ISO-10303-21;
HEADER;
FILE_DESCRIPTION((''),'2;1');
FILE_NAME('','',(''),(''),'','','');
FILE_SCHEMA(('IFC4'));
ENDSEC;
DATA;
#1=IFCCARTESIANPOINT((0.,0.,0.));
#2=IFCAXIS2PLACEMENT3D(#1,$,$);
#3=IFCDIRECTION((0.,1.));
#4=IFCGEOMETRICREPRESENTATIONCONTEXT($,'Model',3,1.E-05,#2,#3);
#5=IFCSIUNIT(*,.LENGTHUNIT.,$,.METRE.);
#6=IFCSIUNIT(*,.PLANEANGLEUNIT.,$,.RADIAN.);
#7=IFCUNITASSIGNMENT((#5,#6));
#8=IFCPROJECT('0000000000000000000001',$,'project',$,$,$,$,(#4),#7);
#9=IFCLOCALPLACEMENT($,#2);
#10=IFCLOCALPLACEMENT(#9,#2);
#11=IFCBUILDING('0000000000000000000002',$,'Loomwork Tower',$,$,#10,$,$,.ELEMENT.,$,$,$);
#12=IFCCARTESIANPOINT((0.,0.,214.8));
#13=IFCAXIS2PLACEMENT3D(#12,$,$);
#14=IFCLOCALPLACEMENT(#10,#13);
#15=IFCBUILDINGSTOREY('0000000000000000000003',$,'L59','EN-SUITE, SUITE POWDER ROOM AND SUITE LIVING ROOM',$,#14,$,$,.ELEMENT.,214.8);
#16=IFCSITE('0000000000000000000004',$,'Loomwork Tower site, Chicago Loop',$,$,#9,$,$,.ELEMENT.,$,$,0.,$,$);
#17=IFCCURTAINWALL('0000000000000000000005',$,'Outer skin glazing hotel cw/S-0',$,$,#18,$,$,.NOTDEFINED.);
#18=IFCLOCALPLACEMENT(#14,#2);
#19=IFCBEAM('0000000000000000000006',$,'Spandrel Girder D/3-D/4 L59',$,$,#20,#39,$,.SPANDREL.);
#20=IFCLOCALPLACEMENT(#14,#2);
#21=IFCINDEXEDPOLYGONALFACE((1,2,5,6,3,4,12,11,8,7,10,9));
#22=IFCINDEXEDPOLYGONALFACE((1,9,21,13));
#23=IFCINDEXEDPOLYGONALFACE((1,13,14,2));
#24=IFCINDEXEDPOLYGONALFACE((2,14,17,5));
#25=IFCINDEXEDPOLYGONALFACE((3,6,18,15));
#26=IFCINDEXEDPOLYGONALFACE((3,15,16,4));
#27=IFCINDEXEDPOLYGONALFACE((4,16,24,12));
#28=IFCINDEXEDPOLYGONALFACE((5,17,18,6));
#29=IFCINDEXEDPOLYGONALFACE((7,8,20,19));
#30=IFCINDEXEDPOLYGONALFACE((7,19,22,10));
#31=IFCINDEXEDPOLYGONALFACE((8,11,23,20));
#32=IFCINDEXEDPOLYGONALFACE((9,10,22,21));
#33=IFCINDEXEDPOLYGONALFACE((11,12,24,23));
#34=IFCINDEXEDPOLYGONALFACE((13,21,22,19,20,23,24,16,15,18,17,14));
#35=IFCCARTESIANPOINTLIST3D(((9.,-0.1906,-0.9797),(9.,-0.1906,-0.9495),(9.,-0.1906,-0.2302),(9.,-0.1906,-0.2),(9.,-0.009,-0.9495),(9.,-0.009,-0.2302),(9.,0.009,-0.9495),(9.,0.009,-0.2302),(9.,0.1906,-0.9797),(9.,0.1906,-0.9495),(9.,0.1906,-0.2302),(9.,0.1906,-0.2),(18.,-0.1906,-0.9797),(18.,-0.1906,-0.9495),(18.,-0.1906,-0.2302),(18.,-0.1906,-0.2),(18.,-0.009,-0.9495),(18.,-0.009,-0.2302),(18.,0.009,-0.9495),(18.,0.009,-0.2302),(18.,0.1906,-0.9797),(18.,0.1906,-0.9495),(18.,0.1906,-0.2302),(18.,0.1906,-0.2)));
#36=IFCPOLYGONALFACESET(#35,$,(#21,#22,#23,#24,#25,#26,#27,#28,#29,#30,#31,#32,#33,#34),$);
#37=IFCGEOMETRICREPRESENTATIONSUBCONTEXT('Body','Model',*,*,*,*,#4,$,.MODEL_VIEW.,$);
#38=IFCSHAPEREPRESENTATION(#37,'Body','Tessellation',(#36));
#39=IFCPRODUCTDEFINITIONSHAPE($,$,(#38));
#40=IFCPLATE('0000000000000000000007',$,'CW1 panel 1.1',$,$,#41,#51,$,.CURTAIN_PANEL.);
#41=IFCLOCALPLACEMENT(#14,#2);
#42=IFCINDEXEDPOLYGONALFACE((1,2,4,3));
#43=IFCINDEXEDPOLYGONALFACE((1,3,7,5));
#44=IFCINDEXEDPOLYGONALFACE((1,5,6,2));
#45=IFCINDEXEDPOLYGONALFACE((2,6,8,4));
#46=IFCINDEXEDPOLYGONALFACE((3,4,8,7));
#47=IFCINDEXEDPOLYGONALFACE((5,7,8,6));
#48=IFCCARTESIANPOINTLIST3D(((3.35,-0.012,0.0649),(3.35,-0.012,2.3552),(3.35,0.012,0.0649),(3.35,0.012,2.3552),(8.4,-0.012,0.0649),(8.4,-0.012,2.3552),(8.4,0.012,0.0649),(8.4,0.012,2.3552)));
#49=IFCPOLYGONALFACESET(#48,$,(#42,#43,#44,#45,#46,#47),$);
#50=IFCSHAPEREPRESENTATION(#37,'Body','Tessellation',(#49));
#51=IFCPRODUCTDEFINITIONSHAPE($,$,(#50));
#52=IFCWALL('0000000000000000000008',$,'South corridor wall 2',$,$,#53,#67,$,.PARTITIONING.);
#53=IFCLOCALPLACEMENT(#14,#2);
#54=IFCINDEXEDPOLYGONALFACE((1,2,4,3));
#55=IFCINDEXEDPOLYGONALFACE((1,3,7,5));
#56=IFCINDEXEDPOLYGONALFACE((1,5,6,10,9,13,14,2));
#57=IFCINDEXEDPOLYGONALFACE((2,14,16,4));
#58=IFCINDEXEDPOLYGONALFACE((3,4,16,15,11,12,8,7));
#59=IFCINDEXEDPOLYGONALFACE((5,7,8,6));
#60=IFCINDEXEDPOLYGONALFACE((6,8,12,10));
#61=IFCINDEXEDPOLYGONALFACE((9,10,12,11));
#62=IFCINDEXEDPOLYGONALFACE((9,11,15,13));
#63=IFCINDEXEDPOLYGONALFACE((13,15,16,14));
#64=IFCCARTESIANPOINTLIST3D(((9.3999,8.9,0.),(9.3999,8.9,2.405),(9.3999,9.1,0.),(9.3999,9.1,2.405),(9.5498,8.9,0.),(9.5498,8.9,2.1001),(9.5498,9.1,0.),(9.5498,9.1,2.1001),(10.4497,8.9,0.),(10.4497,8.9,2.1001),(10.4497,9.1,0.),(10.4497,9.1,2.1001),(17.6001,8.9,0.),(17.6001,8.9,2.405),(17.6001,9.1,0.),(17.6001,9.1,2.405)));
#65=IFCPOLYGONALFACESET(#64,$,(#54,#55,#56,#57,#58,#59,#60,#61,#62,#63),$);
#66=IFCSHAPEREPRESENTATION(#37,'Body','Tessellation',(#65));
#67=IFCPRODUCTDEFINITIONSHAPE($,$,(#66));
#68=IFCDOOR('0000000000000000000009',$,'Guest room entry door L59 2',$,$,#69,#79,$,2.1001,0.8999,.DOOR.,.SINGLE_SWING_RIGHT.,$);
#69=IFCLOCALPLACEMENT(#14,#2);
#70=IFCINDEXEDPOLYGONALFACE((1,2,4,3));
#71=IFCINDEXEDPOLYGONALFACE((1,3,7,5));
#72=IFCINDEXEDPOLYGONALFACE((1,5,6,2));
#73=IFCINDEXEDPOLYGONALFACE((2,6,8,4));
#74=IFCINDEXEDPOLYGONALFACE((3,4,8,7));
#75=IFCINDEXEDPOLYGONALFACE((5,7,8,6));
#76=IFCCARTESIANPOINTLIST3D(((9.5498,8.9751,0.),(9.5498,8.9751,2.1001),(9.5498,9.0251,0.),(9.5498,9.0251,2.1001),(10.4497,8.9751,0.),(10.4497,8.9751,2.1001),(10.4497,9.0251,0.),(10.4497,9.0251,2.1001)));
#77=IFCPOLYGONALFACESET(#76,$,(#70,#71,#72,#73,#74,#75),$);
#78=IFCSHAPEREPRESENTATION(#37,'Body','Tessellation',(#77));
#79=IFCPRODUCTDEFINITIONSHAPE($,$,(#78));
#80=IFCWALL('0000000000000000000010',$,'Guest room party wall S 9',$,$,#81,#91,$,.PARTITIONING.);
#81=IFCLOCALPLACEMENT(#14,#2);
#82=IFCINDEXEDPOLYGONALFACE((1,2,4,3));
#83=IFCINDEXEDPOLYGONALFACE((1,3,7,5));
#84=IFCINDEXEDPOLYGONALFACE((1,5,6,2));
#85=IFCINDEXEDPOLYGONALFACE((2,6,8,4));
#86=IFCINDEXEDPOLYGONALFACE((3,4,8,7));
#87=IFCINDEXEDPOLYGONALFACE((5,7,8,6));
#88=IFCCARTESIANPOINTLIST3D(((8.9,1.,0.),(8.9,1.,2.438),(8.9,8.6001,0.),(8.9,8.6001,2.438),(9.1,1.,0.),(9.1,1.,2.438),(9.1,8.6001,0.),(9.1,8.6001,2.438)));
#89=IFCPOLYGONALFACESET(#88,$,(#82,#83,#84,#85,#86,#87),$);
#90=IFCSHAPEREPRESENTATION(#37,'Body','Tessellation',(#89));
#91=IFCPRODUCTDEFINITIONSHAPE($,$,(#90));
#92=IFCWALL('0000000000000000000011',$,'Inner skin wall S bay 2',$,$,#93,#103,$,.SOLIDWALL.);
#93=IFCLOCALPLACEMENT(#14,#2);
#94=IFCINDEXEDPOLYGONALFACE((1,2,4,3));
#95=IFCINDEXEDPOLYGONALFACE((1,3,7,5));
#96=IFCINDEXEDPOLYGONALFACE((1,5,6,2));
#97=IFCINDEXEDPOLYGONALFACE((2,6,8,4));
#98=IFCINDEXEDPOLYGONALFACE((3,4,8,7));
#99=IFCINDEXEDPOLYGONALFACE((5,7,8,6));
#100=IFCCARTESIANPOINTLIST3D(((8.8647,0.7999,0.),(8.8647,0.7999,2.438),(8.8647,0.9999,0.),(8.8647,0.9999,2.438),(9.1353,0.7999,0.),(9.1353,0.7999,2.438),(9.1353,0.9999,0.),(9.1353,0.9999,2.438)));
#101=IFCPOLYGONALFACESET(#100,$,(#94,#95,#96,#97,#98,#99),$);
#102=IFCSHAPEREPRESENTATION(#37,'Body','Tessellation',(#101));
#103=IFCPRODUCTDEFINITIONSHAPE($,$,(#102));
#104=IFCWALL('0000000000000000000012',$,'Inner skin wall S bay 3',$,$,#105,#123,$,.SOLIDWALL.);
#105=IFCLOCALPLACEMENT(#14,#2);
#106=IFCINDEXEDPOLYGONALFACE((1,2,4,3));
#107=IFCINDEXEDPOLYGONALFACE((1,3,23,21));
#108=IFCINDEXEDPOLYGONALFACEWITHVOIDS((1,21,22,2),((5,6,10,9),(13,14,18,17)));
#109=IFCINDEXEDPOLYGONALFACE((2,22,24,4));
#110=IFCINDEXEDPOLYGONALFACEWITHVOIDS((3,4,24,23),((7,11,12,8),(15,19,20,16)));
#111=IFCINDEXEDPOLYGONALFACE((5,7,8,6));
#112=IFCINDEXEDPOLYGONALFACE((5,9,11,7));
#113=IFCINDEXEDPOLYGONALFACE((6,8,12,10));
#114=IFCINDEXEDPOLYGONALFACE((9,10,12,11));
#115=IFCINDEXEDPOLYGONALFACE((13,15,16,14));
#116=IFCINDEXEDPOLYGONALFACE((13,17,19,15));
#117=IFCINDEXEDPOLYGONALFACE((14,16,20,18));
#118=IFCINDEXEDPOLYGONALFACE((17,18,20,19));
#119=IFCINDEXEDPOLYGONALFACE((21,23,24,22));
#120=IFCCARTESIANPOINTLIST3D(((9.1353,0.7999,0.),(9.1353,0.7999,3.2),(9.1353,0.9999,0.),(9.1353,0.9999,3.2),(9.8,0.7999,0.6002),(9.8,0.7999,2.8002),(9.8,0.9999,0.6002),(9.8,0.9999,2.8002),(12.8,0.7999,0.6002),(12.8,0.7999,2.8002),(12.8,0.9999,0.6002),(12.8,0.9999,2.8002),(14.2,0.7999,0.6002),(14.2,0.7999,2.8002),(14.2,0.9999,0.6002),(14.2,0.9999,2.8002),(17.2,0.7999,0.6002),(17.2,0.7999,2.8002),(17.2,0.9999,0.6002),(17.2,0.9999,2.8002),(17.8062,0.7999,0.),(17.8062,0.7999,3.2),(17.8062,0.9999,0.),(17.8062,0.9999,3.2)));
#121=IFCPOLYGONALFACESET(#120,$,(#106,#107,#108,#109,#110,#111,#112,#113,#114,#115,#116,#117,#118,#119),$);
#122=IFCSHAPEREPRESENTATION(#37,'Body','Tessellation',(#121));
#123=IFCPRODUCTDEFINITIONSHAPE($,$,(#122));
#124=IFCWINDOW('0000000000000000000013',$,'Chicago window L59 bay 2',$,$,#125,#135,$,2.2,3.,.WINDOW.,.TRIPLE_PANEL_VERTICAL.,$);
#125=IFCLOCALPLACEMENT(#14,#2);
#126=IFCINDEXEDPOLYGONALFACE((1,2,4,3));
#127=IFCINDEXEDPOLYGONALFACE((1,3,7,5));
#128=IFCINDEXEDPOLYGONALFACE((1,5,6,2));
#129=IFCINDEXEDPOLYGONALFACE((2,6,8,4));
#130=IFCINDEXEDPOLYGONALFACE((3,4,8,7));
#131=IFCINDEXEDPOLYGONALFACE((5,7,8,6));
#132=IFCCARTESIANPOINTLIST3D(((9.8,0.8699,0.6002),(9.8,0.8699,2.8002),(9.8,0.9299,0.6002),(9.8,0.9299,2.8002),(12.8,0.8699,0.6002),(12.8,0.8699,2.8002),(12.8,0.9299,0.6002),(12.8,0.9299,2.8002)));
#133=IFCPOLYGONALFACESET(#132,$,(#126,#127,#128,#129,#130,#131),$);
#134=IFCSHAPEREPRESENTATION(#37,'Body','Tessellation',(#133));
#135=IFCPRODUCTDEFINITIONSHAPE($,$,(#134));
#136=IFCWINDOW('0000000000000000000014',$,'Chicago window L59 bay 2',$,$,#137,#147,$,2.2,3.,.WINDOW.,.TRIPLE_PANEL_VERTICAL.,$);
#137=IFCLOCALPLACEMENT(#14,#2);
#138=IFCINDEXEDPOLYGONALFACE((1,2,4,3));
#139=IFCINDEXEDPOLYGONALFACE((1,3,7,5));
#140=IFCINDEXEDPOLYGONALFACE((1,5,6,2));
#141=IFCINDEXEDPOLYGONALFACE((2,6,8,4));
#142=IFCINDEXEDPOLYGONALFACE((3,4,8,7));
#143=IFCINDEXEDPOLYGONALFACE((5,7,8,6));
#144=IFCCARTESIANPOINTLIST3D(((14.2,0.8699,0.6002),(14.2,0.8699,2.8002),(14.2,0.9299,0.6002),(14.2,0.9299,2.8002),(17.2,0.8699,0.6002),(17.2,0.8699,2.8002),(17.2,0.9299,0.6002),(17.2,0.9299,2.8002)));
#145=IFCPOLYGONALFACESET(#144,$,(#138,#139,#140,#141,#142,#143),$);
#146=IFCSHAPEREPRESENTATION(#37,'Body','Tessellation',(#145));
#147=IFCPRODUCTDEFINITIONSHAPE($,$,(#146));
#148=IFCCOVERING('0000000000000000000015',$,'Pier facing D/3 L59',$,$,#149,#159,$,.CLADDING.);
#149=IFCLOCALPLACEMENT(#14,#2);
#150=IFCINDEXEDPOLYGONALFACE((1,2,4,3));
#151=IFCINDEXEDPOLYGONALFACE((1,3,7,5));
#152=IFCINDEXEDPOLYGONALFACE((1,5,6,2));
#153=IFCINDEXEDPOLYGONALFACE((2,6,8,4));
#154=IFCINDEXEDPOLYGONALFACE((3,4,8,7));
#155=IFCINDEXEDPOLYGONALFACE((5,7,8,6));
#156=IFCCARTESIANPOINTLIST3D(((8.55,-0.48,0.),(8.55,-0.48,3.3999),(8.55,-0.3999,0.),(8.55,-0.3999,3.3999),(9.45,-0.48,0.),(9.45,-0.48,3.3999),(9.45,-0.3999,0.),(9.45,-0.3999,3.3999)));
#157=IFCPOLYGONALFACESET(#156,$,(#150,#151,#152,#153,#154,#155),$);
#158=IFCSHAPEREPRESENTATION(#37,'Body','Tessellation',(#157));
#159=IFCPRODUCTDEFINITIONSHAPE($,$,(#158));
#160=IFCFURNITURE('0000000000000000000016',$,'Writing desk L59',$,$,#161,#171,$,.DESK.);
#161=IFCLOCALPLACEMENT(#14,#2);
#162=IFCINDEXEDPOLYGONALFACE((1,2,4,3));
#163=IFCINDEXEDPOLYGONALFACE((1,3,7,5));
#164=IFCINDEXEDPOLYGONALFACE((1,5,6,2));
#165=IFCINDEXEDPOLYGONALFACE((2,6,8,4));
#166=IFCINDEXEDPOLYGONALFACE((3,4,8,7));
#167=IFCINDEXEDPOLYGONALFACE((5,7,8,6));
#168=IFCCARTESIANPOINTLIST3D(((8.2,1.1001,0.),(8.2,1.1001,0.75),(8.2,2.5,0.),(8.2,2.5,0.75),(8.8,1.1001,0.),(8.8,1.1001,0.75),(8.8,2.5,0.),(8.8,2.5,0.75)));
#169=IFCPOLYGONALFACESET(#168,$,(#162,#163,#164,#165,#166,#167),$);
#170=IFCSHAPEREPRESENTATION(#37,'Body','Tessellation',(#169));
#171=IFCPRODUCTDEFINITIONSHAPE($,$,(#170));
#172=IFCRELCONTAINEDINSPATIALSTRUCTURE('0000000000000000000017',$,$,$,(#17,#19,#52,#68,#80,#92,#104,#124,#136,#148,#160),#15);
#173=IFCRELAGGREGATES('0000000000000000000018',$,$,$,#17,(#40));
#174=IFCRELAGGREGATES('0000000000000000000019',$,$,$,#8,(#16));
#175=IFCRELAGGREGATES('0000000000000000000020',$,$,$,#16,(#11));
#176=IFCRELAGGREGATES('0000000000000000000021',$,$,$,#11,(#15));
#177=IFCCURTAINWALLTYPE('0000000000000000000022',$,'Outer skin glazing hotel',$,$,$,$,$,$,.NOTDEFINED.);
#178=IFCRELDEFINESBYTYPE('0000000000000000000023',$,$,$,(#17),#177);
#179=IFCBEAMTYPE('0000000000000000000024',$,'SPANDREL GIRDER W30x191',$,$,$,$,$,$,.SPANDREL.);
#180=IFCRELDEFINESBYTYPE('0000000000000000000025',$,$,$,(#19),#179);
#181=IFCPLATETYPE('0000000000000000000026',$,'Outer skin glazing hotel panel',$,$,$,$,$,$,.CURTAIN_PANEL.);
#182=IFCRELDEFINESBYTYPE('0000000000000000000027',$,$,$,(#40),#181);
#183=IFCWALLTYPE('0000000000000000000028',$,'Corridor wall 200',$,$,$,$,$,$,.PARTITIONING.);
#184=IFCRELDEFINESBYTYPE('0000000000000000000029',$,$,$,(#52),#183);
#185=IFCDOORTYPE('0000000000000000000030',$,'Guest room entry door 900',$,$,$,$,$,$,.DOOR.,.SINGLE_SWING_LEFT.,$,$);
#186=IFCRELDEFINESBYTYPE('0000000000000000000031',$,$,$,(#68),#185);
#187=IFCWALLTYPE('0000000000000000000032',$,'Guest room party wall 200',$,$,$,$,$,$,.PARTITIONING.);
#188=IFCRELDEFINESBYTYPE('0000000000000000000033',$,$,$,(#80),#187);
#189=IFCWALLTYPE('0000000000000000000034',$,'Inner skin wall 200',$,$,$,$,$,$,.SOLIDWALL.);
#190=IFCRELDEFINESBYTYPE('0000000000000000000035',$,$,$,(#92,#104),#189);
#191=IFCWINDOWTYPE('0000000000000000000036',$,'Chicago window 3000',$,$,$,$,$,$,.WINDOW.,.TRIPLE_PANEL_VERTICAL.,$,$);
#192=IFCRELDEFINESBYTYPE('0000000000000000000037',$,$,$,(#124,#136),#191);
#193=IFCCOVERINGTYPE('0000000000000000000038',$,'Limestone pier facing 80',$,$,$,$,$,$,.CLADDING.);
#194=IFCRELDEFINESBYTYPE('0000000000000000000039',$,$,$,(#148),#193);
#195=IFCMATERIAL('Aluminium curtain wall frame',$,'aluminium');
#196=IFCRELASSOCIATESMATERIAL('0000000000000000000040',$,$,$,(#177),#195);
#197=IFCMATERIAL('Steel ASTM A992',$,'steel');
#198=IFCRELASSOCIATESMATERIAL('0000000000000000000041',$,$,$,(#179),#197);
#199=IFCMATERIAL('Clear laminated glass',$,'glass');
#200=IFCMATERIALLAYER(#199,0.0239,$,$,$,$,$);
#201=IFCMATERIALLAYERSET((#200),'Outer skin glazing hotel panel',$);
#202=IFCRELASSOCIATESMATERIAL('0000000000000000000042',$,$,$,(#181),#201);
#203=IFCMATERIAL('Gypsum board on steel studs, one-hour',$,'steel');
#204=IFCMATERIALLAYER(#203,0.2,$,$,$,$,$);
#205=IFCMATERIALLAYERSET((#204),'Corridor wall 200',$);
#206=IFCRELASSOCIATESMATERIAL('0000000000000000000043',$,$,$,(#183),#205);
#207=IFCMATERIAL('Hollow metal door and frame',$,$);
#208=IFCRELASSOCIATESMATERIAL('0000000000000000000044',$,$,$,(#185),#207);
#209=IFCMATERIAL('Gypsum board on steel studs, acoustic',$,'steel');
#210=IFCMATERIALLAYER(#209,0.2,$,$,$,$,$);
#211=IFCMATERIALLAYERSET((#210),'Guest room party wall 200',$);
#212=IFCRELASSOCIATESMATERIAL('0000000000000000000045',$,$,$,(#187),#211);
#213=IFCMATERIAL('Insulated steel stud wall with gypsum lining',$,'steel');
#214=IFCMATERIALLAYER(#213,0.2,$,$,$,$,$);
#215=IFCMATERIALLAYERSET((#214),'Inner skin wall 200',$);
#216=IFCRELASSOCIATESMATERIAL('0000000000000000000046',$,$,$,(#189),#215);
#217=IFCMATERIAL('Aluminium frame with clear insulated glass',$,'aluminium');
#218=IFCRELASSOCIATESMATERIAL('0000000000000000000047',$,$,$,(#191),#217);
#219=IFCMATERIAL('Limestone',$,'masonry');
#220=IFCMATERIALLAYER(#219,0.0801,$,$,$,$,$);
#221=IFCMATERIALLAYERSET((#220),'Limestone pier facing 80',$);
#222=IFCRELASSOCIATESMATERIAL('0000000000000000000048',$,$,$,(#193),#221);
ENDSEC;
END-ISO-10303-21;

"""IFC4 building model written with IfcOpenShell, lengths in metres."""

from ifc_helpers import new_model, si_unit, direction, frame, frame_2d, origin, origin_2d, place, context, subcontext, project, spatial, rectangle, i_section, extrude, material, layer, layer_set, material_profile, profile_set, type_object, element, fill, aggregate, save


model = new_model("IFC4")

# Units and contexts
model_context = context("Model", 3, precision=1e-05, world=origin(), true_north=direction((0.0, 1.0)))
body_context = subcontext(model_context, "Body", "Model", "MODEL_VIEW")
ifc_project = project(units=[si_unit("LENGTHUNIT", "METRE"), si_unit("PLANEANGLEUNIT", "RADIAN")], contexts=[model_context])

# Site, building, storey
site_placement = place(None, origin())
site = spatial("IfcSite", under=ifc_project, at=site_placement, Name="Loomwork Tower site, Chicago Loop", CompositionType="ELEMENT", RefElevation=0.0)
building_placement = place(site_placement, origin())
building = spatial("IfcBuilding", under=site, at=building_placement, Name="Loomwork Tower", CompositionType="ELEMENT")
storey_placement = place(building_placement, frame((0.0, 0.0, 214.8)))
storey = spatial("IfcBuildingStorey", under=building, at=storey_placement, Name="L59", Description="EN-SUITE, SUITE POWDER ROOM AND SUITE LIVING ROOM", CompositionType="ELEMENT", Elevation=214.8)

# Curtain wall
ifc_material_1 = material(Name="Aluminium curtain wall frame", Category="aluminium")
curtain_wall_type = type_object("IfcCurtainWallType", Name="Outer skin glazing hotel", PredefinedType="NOTDEFINED", material=ifc_material_1)
curtain_wall_1_placement = place(storey_placement, origin())
curtain_wall_1 = element("IfcCurtainWall", 1, at=curtain_wall_1_placement, inside=storey, type_object=curtain_wall_type, Name="Outer skin glazing hotel cw/S-0", PredefinedType="NOTDEFINED")

# Beam
ifc_material_2 = material(Name="Steel ASTM A992", Category="steel")
ifc_material_profile_1 = material_profile(ifc_material_2, i_section(OverallWidth=0.3811, OverallDepth=0.7798, WebThickness=0.0181, FlangeThickness=0.0303, at=origin_2d()), Name="W30x191")
ifc_profile_set_1 = profile_set([ifc_material_profile_1], Name="Steel ASTM A992")
beam_type_1 = type_object("IfcBeamType", Name="SPANDREL GIRDER W30x191", PredefinedType="SPANDREL", material=ifc_profile_set_1)
beam_1_placement = place(storey_placement, frame((9.0, 0.0, -0.5898), z_axis=(1.0, 0.0, 0.0), x_axis=(0.0, 1.0, 0.0)))
element("IfcBeam", 2, at=beam_1_placement, inside=storey, type_object=beam_type_1, Name="Spandrel Girder D/3-D/4 L59", PredefinedType="SPANDREL", context=body_context, shape_type="SweptSolid", body=[
    extrude(i_section(OverallWidth=0.3811, OverallDepth=0.7798, WebThickness=0.0181, FlangeThickness=0.0303, at=origin_2d()), origin(), (0.0, 0.0, 1.0), 9.0),
])

# Plate
ifc_material_3 = material(Name="Clear laminated glass", Category="glass")
ifc_layer_1 = layer(ifc_material_3, 0.0239)
ifc_layer_set_1 = layer_set([ifc_layer_1], Name="Outer skin glazing hotel panel")
plate_type = type_object("IfcPlateType", Name="Outer skin glazing hotel panel", PredefinedType="CURTAIN_PANEL", material=ifc_layer_set_1)
plate_placement = place(storey_placement, frame((5.875, 0.0, 0.0649), z_axis=(0.0, 0.0, 1.0), x_axis=(1.0, 0.0, 0.0)))
plate = element("IfcPlate", 3, at=plate_placement, type_object=plate_type, Name="CW1 panel 1.1", PredefinedType="CURTAIN_PANEL", context=body_context, shape_type="SweptSolid", body=[
    extrude(rectangle(XDim=5.05, YDim=0.0239, at=origin_2d()), origin(), (0.0, 0.0, 1.0), 2.2903),
])
aggregate(curtain_wall_1, [plate])

# Wall, opening, door
ifc_material_4 = material(Name="Gypsum board on steel studs, one-hour", Category="steel")
ifc_layer_2 = layer(ifc_material_4, 0.2)
ifc_layer_set_2 = layer_set([ifc_layer_2], Name="Corridor wall 200")
wall_type_1 = type_object("IfcWallType", Name="Corridor wall 200", PredefinedType="PARTITIONING", material=ifc_layer_set_2)
wall_1_placement = place(storey_placement, frame((9.3999, 9.0, 0.0), z_axis=(0.0, 0.0, 1.0), x_axis=(1.0, 0.0, 0.0)))
wall_1 = element("IfcWall", 4, at=wall_1_placement, inside=storey, type_object=wall_type_1, Name="South corridor wall 2", PredefinedType="PARTITIONING", context=body_context, shape_type="SweptSolid", body=[
    extrude(rectangle(XDim=8.2002, YDim=0.2, at=frame_2d((4.1001, 0.0))), origin(), (0.0, 0.0, 1.0), 2.405),
])
opening_1_placement = place(wall_1_placement, frame((0.1499, 0.0, 0.0)))
opening_1 = element("IfcOpeningElement", 5, at=opening_1_placement, cuts=wall_1, PredefinedType="OPENING", context=body_context, shape_type="SweptSolid", body=[
    extrude(rectangle(XDim=0.8999, YDim=2.1001, at=frame_2d((0.45, 1.05))), frame((0.0, 0.1099, 0.0), z_axis=(0.0, -1.0, 0.0), x_axis=(1.0, 0.0, 0.0)), (0.0, 0.0, 1.0), 0.22),
])
ifc_material_5 = material(Name="Hollow metal door and frame")
door_type = type_object("IfcDoorType", Name="Guest room entry door 900", OperationType="SINGLE_SWING_LEFT", PredefinedType="DOOR", material=ifc_material_5)
door_placement = place(opening_1_placement, frame((0.8999, 0.0, 0.0), z_axis=(0.0, 0.0, 1.0), x_axis=(-1.0, 0.0, 0.0)))
door = element("IfcDoor", 6, at=door_placement, inside=storey, type_object=door_type, Name="Guest room entry door L59 2", OperationType="SINGLE_SWING_RIGHT", OverallHeight=2.1001, OverallWidth=0.8999, PredefinedType="DOOR", context=body_context, shape_type="SweptSolid", body=[
    extrude(rectangle(XDim=0.8999, YDim=2.1001, at=frame_2d((0.45, 1.05))), frame((0.0, 0.0249, 0.0), z_axis=(0.0, -1.0, 0.0), x_axis=(1.0, 0.0, 0.0)), (0.0, 0.0, 1.0), 0.05),
])
fill(opening_1, door)

# Walls
ifc_material_6 = material(Name="Gypsum board on steel studs, acoustic", Category="steel")
ifc_layer_3 = layer(ifc_material_6, 0.2)
ifc_layer_set_3 = layer_set([ifc_layer_3], Name="Guest room party wall 200")
wall_type_2 = type_object("IfcWallType", Name="Guest room party wall 200", PredefinedType="PARTITIONING", material=ifc_layer_set_3)
wall_2_placement = place(storey_placement, frame((9.0, 8.6001, 0.0), z_axis=(0.0, 0.0, 1.0), x_axis=(0.0, -1.0, 0.0)))
element("IfcWall", 7, at=wall_2_placement, inside=storey, type_object=wall_type_2, Name="Guest room party wall S 9", PredefinedType="PARTITIONING", context=body_context, shape_type="SweptSolid", body=[
    extrude(rectangle(XDim=7.6001, YDim=0.2, at=frame_2d((3.8, 0.0))), origin(), (0.0, 0.0, 1.0), 2.438),
])
ifc_material_7 = material(Name="Insulated steel stud wall with gypsum lining", Category="steel")
ifc_layer_4 = layer(ifc_material_7, 0.2)
ifc_layer_set_4 = layer_set([ifc_layer_4], Name="Inner skin wall 200")
wall_type_3 = type_object("IfcWallType", Name="Inner skin wall 200", PredefinedType="SOLIDWALL", material=ifc_layer_set_4)
wall_3_placement = place(storey_placement, frame((8.8647, 0.8999, 0.0), z_axis=(0.0, 0.0, 1.0), x_axis=(1.0, 0.0, 0.0)))
element("IfcWall", 8, at=wall_3_placement, inside=storey, type_object=wall_type_3, Name="Inner skin wall S bay 2", PredefinedType="SOLIDWALL", context=body_context, shape_type="SweptSolid", body=[
    extrude(rectangle(XDim=0.2705, YDim=0.2, at=frame_2d((0.1353, 0.0))), origin(), (0.0, 0.0, 1.0), 2.438),
])

# Wall, openings, windows
wall_4_placement = place(storey_placement, frame((9.1353, 0.8999, 0.0), z_axis=(0.0, 0.0, 1.0), x_axis=(1.0, 0.0, 0.0)))
wall_4 = element("IfcWall", 9, at=wall_4_placement, inside=storey, type_object=wall_type_3, Name="Inner skin wall S bay 3", PredefinedType="SOLIDWALL", context=body_context, shape_type="SweptSolid", body=[
    extrude(rectangle(XDim=8.6709, YDim=0.2, at=frame_2d((4.3354, 0.0))), origin(), (0.0, 0.0, 1.0), 3.2),
])
opening_2_placement = place(wall_4_placement, frame((0.6648, 0.0, 0.6001)))
opening_2 = element("IfcOpeningElement", 10, at=opening_2_placement, cuts=wall_4, PredefinedType="OPENING", context=body_context, shape_type="SweptSolid", body=[
    extrude(rectangle(XDim=3.0, YDim=2.2, at=frame_2d((1.5, 1.1001))), frame((0.0, 0.1099, 0.0), z_axis=(0.0, -1.0, 0.0), x_axis=(1.0, 0.0, 0.0)), (0.0, 0.0, 1.0), 0.22),
])
opening_3_placement = place(wall_4_placement, frame((5.0647, 0.0, 0.6001)))
opening_3 = element("IfcOpeningElement", 11, at=opening_3_placement, cuts=wall_4, PredefinedType="OPENING", context=body_context, shape_type="SweptSolid", body=[
    extrude(rectangle(XDim=3.0, YDim=2.2, at=frame_2d((1.5, 1.1001))), frame((0.0, 0.1099, 0.0), z_axis=(0.0, -1.0, 0.0), x_axis=(1.0, 0.0, 0.0)), (0.0, 0.0, 1.0), 0.22),
])
ifc_material_8 = material(Name="Aluminium frame with clear insulated glass", Category="aluminium")
window_type = type_object("IfcWindowType", Name="Chicago window 3000", PartitioningType="TRIPLE_PANEL_VERTICAL", PredefinedType="WINDOW", material=ifc_material_8)
window_1_placement = place(opening_2_placement, origin())
window_1 = element("IfcWindow", 12, at=window_1_placement, inside=storey, type_object=window_type, Name="Chicago window L59 bay 2", OverallHeight=2.2, OverallWidth=3.0, PartitioningType="TRIPLE_PANEL_VERTICAL", PredefinedType="WINDOW", context=body_context, shape_type="SweptSolid", body=[
    extrude(rectangle(XDim=3.0, YDim=2.2, at=frame_2d((1.5, 1.1001))), frame((0.0, 0.03, 0.0), z_axis=(0.0, -1.0, 0.0), x_axis=(1.0, 0.0, 0.0)), (0.0, 0.0, 1.0), 0.0601),
])
fill(opening_2, window_1)
window_2_placement = place(opening_3_placement, origin())
window_2 = element("IfcWindow", 13, at=window_2_placement, inside=storey, type_object=window_type, Name="Chicago window L59 bay 2", OverallHeight=2.2, OverallWidth=3.0, PartitioningType="TRIPLE_PANEL_VERTICAL", PredefinedType="WINDOW", context=body_context, shape_type="SweptSolid", body=[
    extrude(rectangle(XDim=3.0, YDim=2.2, at=frame_2d((1.5, 1.1001))), frame((0.0, 0.03, 0.0), z_axis=(0.0, -1.0, 0.0), x_axis=(1.0, 0.0, 0.0)), (0.0, 0.0, 1.0), 0.0601),
])
fill(opening_3, window_2)

# Covering
ifc_material_9 = material(Name="Limestone", Category="masonry")
ifc_layer_5 = layer(ifc_material_9, 0.0801)
ifc_layer_set_5 = layer_set([ifc_layer_5], Name="Limestone pier facing 80")
covering_type = type_object("IfcCoveringType", Name="Limestone pier facing 80", PredefinedType="CLADDING", material=ifc_layer_set_5)
covering_placement = place(storey_placement, frame((9.0, -0.4399, 0.0), z_axis=(0.0, 0.0, 1.0), x_axis=(1.0, 0.0, 0.0)))
element("IfcCovering", 14, at=covering_placement, inside=storey, type_object=covering_type, Name="Pier facing D/3 L59", PredefinedType="CLADDING", context=body_context, shape_type="SweptSolid", body=[
    extrude(rectangle(XDim=0.8999, YDim=0.0801, at=origin_2d()), origin(), (0.0, 0.0, 1.0), 3.3999),
])

# Furniture
furniture_1_placement = place(storey_placement, frame((8.5, 1.8, 0.0), z_axis=(0.0, 0.0, 1.0), x_axis=(1.0, 0.0, 0.0)))
element("IfcFurniture", 15, at=furniture_1_placement, inside=storey, Name="Writing desk L59", PredefinedType="DESK", context=body_context, shape_type="SweptSolid", body=[
    extrude(rectangle(XDim=0.6001, YDim=1.3999, at=origin_2d()), origin(), (0.0, 0.0, 1.0), 0.75),
])

save(model, "model.ifc")
